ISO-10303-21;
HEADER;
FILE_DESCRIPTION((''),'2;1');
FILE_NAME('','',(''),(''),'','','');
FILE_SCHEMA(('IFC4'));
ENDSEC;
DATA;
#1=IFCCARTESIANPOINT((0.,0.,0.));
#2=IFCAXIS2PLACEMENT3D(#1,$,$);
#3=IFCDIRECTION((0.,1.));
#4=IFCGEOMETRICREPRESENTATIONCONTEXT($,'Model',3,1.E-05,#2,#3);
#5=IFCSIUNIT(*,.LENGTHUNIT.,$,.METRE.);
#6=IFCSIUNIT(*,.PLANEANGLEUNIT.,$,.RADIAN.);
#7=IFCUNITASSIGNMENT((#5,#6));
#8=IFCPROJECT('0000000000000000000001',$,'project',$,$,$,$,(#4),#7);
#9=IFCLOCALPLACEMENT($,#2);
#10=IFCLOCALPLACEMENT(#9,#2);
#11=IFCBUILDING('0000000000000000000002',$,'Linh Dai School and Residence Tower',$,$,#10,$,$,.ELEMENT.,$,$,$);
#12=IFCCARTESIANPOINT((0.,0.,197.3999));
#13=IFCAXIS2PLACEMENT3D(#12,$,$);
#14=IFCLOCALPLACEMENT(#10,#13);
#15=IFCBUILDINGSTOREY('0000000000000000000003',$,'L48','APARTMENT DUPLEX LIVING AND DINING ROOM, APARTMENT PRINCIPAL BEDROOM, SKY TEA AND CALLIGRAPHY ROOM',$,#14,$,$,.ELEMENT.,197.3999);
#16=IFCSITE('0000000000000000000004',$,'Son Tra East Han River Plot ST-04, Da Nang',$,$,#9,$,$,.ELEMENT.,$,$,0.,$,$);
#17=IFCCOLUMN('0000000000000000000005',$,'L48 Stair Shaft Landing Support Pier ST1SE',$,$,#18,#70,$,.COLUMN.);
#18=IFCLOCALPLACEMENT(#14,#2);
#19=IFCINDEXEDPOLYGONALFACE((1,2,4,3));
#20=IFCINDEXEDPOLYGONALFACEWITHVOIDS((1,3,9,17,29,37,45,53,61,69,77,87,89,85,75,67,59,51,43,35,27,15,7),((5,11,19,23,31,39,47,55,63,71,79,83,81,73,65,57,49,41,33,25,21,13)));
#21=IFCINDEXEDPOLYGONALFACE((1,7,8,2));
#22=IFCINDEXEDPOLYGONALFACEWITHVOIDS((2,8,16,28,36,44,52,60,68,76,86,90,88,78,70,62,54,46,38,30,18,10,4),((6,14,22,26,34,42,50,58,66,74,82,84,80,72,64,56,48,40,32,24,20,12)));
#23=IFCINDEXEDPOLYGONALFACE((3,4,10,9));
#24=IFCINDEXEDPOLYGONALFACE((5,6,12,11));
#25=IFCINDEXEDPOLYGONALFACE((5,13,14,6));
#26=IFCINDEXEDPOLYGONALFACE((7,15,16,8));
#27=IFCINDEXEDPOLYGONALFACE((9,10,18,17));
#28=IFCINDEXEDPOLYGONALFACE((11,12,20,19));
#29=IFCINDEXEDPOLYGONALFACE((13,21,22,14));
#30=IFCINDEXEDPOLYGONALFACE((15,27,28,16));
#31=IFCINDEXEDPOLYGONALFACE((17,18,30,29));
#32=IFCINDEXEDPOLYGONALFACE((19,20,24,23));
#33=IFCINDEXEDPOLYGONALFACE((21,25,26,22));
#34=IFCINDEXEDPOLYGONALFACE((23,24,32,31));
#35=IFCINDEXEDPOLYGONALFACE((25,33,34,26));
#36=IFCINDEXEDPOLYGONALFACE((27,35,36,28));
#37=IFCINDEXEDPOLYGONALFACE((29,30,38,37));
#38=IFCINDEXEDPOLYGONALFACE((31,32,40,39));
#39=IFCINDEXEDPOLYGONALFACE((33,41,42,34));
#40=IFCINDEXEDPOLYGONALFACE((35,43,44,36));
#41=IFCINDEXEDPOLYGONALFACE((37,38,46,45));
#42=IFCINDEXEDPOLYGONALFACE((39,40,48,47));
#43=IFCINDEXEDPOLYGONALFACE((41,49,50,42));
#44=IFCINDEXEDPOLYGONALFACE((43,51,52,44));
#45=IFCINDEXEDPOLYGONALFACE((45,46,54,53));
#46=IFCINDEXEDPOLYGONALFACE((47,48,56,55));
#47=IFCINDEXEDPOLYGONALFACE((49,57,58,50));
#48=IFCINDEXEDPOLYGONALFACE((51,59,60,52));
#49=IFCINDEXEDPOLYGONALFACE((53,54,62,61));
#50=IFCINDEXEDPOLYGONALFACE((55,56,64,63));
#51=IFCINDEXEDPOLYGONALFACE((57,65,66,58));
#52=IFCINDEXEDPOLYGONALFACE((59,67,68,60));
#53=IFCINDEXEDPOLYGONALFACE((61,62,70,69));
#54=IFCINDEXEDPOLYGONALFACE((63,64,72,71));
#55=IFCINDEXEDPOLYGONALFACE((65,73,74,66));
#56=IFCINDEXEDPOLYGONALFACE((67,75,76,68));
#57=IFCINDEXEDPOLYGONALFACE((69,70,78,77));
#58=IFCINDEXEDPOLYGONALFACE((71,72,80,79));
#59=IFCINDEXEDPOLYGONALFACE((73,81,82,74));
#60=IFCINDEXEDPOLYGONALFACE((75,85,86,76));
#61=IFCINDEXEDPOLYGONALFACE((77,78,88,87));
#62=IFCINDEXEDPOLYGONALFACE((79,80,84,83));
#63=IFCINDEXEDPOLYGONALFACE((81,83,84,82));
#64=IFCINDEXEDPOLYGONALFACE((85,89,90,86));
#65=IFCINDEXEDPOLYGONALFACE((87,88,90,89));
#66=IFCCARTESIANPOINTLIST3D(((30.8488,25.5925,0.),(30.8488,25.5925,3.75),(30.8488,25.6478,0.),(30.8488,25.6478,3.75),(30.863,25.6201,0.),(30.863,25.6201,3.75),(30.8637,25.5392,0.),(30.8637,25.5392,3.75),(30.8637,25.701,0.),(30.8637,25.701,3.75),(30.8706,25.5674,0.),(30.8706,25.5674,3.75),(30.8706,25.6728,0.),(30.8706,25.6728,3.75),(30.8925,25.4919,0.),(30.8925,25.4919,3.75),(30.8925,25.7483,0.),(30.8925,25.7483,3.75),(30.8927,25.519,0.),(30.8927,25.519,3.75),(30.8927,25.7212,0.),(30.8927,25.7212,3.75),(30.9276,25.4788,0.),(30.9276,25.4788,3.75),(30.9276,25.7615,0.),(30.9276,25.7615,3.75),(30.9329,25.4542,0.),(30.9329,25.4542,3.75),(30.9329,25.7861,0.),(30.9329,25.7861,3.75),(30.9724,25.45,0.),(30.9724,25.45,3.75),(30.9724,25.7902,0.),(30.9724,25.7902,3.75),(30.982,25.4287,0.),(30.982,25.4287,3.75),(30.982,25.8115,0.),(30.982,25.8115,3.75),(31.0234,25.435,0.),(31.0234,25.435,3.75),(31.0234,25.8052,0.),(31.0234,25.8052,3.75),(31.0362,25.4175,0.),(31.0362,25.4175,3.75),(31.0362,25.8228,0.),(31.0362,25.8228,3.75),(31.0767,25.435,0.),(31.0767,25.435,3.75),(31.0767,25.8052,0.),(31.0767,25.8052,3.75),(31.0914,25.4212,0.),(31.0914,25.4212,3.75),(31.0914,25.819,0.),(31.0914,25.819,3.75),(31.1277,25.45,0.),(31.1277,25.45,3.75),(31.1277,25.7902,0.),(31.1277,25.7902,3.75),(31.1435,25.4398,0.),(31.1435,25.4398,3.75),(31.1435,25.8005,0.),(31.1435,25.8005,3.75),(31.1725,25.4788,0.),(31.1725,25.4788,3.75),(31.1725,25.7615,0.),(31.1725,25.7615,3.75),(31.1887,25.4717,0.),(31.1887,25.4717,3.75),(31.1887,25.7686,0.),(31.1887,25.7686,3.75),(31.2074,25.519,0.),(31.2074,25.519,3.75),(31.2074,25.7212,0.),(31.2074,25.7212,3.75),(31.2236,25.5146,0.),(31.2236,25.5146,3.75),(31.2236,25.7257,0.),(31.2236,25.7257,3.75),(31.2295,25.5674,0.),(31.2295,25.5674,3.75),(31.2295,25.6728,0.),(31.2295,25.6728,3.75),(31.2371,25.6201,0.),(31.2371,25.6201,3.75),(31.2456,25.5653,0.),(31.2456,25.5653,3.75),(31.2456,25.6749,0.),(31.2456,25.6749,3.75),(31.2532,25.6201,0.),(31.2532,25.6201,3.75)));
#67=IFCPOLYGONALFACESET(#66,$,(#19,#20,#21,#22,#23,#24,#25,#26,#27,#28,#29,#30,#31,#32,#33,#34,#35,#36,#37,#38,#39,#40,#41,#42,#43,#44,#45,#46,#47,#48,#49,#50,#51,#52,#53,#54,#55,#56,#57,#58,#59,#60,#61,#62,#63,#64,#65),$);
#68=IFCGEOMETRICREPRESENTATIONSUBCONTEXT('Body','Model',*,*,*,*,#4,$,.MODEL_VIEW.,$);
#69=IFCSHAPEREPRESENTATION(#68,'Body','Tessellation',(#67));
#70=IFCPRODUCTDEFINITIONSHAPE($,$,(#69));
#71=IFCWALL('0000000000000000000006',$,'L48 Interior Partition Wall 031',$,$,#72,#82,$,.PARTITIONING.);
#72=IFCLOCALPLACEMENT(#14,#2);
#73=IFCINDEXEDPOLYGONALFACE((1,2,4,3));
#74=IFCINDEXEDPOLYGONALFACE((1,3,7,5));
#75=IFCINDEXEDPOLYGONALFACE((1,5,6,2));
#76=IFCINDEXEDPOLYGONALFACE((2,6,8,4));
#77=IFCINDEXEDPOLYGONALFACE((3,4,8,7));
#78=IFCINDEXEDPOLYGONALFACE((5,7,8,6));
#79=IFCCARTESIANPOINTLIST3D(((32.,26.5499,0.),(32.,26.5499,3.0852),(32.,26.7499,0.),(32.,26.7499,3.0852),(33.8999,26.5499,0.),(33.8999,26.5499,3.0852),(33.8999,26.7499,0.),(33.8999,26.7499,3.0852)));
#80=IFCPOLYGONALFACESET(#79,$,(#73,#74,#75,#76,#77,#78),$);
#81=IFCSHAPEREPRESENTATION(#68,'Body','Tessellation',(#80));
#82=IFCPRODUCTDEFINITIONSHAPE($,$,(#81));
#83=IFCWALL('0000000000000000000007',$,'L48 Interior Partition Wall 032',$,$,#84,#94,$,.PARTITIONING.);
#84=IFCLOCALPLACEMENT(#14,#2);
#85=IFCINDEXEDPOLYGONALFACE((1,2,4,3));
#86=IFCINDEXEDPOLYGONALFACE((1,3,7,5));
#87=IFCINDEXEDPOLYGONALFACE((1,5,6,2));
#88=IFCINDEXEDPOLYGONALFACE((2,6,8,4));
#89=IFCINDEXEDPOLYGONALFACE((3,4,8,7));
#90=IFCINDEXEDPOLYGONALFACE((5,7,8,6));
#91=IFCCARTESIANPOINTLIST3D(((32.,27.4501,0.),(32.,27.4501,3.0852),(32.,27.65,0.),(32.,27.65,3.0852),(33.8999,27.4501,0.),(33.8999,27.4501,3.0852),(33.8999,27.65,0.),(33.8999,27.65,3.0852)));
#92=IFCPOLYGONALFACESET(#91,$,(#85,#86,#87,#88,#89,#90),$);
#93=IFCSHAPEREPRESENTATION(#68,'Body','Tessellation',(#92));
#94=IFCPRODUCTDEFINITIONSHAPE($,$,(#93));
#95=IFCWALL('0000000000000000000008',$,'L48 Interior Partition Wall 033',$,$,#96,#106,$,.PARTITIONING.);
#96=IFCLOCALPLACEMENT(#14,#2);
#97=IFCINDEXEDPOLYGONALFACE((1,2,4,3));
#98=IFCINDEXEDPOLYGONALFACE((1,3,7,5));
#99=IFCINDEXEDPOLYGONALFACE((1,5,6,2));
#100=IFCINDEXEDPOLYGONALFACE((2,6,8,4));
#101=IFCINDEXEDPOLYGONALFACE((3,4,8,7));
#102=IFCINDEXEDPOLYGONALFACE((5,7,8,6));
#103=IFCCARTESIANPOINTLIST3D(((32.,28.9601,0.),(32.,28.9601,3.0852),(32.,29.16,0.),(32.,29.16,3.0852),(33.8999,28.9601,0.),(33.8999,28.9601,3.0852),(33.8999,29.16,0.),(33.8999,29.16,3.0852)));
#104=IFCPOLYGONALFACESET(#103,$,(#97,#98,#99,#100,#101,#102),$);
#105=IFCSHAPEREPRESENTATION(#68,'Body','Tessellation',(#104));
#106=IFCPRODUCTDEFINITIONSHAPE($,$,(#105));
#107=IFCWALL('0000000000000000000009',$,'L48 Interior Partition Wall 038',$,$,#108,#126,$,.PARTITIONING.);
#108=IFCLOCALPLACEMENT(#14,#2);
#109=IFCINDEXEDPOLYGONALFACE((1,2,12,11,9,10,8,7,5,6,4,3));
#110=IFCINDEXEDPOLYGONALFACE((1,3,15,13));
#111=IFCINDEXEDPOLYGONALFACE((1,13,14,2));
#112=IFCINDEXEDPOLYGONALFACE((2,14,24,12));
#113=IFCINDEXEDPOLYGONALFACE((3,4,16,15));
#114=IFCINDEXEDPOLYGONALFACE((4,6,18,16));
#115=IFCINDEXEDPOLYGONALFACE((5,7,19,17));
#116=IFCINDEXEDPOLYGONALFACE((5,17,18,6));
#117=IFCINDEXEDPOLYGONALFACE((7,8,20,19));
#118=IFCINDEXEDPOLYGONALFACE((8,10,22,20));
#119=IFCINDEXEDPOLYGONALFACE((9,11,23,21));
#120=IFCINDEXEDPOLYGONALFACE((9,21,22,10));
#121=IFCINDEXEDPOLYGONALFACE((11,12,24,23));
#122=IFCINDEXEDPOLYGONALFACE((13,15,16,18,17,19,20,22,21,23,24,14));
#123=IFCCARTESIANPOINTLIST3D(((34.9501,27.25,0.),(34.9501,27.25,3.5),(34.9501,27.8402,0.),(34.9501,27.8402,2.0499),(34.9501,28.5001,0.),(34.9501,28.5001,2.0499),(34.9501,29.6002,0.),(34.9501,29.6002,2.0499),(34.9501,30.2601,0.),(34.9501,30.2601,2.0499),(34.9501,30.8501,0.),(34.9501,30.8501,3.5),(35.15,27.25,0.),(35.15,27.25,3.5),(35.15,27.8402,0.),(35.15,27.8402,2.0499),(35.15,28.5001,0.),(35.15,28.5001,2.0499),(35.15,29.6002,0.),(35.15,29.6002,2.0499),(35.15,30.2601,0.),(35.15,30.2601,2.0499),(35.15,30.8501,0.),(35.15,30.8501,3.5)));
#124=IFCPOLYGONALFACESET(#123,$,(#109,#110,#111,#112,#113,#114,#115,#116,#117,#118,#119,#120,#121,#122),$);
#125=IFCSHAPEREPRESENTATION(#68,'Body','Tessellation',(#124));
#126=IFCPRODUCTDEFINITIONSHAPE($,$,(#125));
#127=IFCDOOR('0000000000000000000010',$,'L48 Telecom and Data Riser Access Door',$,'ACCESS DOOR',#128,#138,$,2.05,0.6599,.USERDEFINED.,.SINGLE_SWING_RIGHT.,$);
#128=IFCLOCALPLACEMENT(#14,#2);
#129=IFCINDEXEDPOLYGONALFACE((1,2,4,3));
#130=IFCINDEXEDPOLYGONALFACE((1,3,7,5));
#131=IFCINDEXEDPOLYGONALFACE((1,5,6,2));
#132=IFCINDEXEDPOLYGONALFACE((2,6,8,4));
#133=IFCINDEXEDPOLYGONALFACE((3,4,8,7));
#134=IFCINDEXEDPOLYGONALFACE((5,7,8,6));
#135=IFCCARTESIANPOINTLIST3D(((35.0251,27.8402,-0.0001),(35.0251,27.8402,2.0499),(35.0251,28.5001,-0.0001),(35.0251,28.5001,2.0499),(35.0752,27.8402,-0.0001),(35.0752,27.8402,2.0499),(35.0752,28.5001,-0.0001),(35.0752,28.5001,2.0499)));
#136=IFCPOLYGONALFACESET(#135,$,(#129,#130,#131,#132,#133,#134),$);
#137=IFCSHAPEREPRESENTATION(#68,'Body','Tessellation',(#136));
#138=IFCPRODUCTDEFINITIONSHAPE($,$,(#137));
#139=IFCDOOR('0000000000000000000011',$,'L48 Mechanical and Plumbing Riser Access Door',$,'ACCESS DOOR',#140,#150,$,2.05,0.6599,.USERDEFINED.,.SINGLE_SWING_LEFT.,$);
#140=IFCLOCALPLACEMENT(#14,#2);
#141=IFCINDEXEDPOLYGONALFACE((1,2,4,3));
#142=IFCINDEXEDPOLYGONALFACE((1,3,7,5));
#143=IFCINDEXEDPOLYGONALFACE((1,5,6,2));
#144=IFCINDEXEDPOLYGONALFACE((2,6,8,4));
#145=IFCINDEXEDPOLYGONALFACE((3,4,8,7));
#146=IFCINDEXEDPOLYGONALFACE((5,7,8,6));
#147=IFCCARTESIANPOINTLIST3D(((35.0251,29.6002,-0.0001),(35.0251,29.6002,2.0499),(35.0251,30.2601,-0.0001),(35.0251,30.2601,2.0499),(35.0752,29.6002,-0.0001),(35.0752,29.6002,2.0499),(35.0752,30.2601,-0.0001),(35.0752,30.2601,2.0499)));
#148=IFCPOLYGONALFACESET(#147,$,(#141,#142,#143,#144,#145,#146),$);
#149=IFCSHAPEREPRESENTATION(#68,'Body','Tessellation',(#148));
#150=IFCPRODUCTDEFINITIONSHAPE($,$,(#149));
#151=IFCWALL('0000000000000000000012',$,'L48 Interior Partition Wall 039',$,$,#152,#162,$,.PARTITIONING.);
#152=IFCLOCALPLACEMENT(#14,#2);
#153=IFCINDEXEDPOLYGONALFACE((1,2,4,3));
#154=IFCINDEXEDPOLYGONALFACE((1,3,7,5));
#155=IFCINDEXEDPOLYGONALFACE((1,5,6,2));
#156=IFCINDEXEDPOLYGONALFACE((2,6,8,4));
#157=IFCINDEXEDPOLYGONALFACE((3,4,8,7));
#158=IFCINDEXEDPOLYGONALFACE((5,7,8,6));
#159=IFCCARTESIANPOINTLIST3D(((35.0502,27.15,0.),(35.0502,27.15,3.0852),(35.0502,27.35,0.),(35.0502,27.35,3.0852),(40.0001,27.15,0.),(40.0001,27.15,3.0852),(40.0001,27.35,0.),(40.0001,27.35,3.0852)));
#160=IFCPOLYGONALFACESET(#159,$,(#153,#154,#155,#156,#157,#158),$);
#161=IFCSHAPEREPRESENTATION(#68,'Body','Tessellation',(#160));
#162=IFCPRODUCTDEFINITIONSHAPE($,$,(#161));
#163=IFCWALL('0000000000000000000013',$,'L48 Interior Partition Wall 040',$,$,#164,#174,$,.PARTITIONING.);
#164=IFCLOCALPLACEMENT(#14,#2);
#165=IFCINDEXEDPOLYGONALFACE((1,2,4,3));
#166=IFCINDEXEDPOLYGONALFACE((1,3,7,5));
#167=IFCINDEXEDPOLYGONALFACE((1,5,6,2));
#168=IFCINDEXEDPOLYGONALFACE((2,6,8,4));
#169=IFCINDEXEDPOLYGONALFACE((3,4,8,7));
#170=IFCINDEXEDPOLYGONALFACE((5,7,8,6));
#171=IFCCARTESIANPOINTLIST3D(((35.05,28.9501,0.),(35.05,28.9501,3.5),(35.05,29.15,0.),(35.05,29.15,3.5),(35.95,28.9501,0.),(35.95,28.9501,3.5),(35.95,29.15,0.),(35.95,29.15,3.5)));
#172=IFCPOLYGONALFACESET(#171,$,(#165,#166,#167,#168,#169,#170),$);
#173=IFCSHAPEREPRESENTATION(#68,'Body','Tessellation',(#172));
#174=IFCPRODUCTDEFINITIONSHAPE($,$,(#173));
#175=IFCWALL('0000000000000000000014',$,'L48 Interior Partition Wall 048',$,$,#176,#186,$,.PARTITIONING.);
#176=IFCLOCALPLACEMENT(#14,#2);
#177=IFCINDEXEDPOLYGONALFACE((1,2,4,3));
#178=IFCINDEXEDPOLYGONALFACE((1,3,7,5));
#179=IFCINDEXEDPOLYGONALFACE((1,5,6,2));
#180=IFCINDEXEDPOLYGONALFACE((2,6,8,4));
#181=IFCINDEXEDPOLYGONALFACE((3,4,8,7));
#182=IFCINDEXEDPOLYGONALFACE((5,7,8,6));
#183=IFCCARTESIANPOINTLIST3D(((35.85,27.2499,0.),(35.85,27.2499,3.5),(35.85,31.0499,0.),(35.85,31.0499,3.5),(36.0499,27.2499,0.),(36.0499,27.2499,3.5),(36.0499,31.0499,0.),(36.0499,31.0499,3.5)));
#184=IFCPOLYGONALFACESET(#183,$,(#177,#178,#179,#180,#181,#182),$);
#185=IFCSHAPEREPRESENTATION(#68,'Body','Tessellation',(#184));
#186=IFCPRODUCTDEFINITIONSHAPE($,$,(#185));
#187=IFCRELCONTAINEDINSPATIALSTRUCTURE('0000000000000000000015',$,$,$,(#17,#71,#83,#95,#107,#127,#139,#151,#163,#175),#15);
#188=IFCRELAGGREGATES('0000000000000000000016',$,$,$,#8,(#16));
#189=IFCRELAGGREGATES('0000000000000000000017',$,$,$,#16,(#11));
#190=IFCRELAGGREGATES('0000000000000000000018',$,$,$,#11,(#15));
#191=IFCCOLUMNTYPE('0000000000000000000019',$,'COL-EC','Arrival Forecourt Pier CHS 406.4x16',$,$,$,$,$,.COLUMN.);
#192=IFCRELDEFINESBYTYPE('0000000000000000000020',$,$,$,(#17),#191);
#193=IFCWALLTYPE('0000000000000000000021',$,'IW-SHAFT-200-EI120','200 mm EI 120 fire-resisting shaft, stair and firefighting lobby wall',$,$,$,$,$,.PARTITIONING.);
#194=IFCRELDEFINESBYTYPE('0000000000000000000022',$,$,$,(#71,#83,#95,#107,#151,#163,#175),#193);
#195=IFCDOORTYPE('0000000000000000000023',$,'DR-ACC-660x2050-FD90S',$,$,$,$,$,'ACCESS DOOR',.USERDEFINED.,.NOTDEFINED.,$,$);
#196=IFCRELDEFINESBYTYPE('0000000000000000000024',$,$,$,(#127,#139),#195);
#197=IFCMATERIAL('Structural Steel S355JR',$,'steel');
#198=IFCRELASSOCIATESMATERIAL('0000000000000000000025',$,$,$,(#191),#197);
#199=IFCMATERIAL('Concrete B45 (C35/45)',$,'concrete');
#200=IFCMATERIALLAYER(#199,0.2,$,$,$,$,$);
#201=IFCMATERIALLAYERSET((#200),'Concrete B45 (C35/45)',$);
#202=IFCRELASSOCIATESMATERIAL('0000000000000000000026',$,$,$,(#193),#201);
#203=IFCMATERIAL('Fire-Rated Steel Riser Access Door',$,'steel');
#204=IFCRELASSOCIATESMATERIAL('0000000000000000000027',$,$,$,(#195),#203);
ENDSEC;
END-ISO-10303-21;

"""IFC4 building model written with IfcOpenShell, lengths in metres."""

from ifc_helpers import new_model, si_unit, direction, frame, frame_2d, origin, origin_2d, place, context, subcontext, project, spatial, rectangle, hollow_circle, extrude, source, transform, mapped, material, layer, layer_set, material_profile, profile_set, type_object, element, fill, save


model = new_model("IFC4")

# Units and contexts
model_context = context("Model", 3, precision=1e-05, world=origin(), true_north=direction((0.0, 1.0)))
body_context = subcontext(model_context, "Body", "Model", "MODEL_VIEW")
ifc_project = project(units=[si_unit("LENGTHUNIT", "METRE"), si_unit("PLANEANGLEUNIT", "RADIAN")], contexts=[model_context])

# Site, building, storey
site_placement = place(None, origin())
site = spatial("IfcSite", under=ifc_project, at=site_placement, Name="Son Tra East Han River Plot ST-04, Da Nang", CompositionType="ELEMENT", RefElevation=0.0)
building_placement = place(site_placement, origin())
building = spatial("IfcBuilding", under=site, at=building_placement, Name="Linh Dai School and Residence Tower", CompositionType="ELEMENT")
storey_placement = place(building_placement, frame((0.0, 0.0, 197.3999)))
storey = spatial("IfcBuildingStorey", under=building, at=storey_placement, Name="L48", Description="APARTMENT DUPLEX LIVING AND DINING ROOM, APARTMENT PRINCIPAL BEDROOM, SKY TEA AND CALLIGRAPHY ROOM", CompositionType="ELEMENT", Elevation=197.3999)

# Column
ifc_material_1 = material(Name="Structural Steel S355JR", Category="steel")
ifc_material_profile = material_profile(ifc_material_1, hollow_circle(Radius=0.2031, WallThickness=0.0161, at=origin_2d()), Name="CHS 406.4x16")
ifc_profile_set = profile_set([ifc_material_profile], Name="Structural Steel S355JR")
column_type = type_object("IfcColumnType", Name="COL-EC", Description="Arrival Forecourt Pier CHS 406.4x16", PredefinedType="COLUMN", material=ifc_profile_set)
column_placement = place(storey_placement, frame((31.05, 25.6201, 0.0), z_axis=(0.0, 0.0, 1.0), x_axis=(1.0, 0.0, 0.0)))
element("IfcColumn", 1, at=column_placement, inside=storey, type_object=column_type, Name="L48 Stair Shaft Landing Support Pier ST1SE", PredefinedType="COLUMN", context=body_context, shape_type="SweptSolid", body=[
    extrude(hollow_circle(Radius=0.2031, WallThickness=0.0161, at=origin_2d()), origin(), (0.0, 0.0, 1.0), 3.75),
])

# Walls
ifc_material_2 = material(Name="Concrete B45 (C35/45)", Category="concrete")
ifc_layer_1 = layer(ifc_material_2, 0.2)
ifc_layer_set_1 = layer_set([ifc_layer_1], Name="Concrete B45 (C35/45)")
wall_type_1 = type_object("IfcWallType", Name="IW-SHAFT-200-EI120", Description="200 mm EI 120 fire-resisting shaft, stair and firefighting lobby wall", PredefinedType="PARTITIONING", material=ifc_layer_set_1)
for number, where, z_axis, x_axis, name in (
    (2, (32.0, 26.6499, 0.0), (0.0, 0.0, 1.0), (1.0, 0.0, 0.0), "L48 Interior Partition Wall 031"),
    (3, (32.0, 27.55, 0.0), (0.0, 0.0, 1.0), (1.0, 0.0, 0.0), "L48 Interior Partition Wall 032"),
    (4, (32.0, 29.0601, 0.0), (0.0, 0.0, 1.0), (1.0, 0.0, 0.0), "L48 Interior Partition Wall 033"),
):
    element("IfcWall", number, at=place(storey_placement, frame(where, z_axis=z_axis, x_axis=x_axis)), inside=storey, type_object=wall_type_1, Name=name, PredefinedType="PARTITIONING", context=body_context, shape_type="SweptSolid", body=[
        extrude(rectangle(XDim=1.8999, YDim=0.2, at=frame_2d((0.95, 0.0))), origin(), (0.0, 0.0, 1.0), 3.0852),
    ])

# Wall, openings, doors
wall_1_placement = place(storey_placement, frame((35.05, 27.25, 0.0), z_axis=(0.0, 0.0, 1.0), x_axis=(0.0, 1.0, 0.0)))
wall_1 = element("IfcWall", 5, at=wall_1_placement, inside=storey, type_object=wall_type_1, Name="L48 Interior Partition Wall 038", PredefinedType="PARTITIONING", context=body_context, shape_type="SweptSolid", body=[
    extrude(rectangle(XDim=3.6001, YDim=0.2, at=frame_2d((1.8, 0.0))), origin(), (0.0, 0.0, 1.0), 3.5),
])
opening_1_placement = place(wall_1_placement, frame((0.5901, 0.0, 0.0)))
opening_1 = element("IfcOpeningElement", 6, at=opening_1_placement, cuts=wall_1, PredefinedType="OPENING", context=body_context, shape_type="SweptSolid", body=[
    extrude(rectangle(XDim=0.6599, YDim=2.05, at=origin_2d()), frame((0.3301, 0.1099, 1.0249), z_axis=(0.0, -1.0, 0.0), x_axis=(1.0, 0.0, 0.0)), (0.0, 0.0, 1.0), 0.22),
])
opening_2_placement = place(wall_1_placement, frame((2.3501, 0.0, 0.0)))
opening_2 = element("IfcOpeningElement", 7, at=opening_2_placement, cuts=wall_1, PredefinedType="OPENING", context=body_context, shape_type="SweptSolid", body=[
    extrude(rectangle(XDim=0.6599, YDim=2.05, at=origin_2d()), frame((0.3301, 0.1099, 1.0249), z_axis=(0.0, -1.0, 0.0), x_axis=(1.0, 0.0, 0.0)), (0.0, 0.0, 1.0), 0.22),
])
ifc_material_3 = material(Name="Fire-Rated Steel Riser Access Door", Category="steel")
door_type_1 = type_object("IfcDoorType", Name="DR-ACC-660x2050-FD90S", ElementType="ACCESS DOOR", OperationType="NOTDEFINED", PredefinedType="USERDEFINED", material=ifc_material_3)
shared_shape_1 = source(origin(), body_context, "Body", "SweptSolid", [
    extrude(rectangle(XDim=0.6599, YDim=2.05, at=origin_2d()), frame((0.3301, 0.0249, 1.0249), z_axis=(0.0, -1.0, 0.0), x_axis=(1.0, 0.0, 0.0)), (0.0, 0.0, 1.0), 0.05),
])
door_1_placement = place(opening_1_placement, origin())
door_1 = element("IfcDoor", 8, at=door_1_placement, inside=storey, type_object=door_type_1, Name="L48 Telecom and Data Riser Access Door", ObjectType="ACCESS DOOR", OperationType="SINGLE_SWING_RIGHT", OverallHeight=2.05, OverallWidth=0.6599, PredefinedType="USERDEFINED", context=body_context, shape_type="MappedRepresentation", body=[
    mapped(shared_shape_1, transform((0.0, 0.0, 0.0), x_axis=(1.0, 0.0, 0.0), y_axis=(0.0, 1.0, 0.0), z_axis=(0.0, 0.0, 1.0), scale=1.0)),
])
fill(opening_1, door_1)
door_2_placement = place(opening_2_placement, origin())
door_2 = element("IfcDoor", 9, at=door_2_placement, inside=storey, type_object=door_type_1, Name="L48 Mechanical and Plumbing Riser Access Door", ObjectType="ACCESS DOOR", OperationType="SINGLE_SWING_LEFT", OverallHeight=2.05, OverallWidth=0.6599, PredefinedType="USERDEFINED", context=body_context, shape_type="MappedRepresentation", body=[
    mapped(shared_shape_1, transform((0.0, 0.0, 0.0), x_axis=(1.0, 0.0, 0.0), y_axis=(0.0, 1.0, 0.0), z_axis=(0.0, 0.0, 1.0), scale=1.0)),
])
fill(opening_2, door_2)

# Walls
wall_2_placement = place(storey_placement, frame((35.05, 27.25, 0.0), z_axis=(0.0, 0.0, 1.0), x_axis=(1.0, 0.0, 0.0)))
element("IfcWall", 10, at=wall_2_placement, inside=storey, type_object=wall_type_1, Name="L48 Interior Partition Wall 039", PredefinedType="PARTITIONING", context=body_context, shape_type="SweptSolid", body=[
    extrude(rectangle(XDim=4.95, YDim=0.2, at=frame_2d((2.4751, 0.0))), origin(), (0.0, 0.0, 1.0), 3.0852),
])
wall_3_placement = place(storey_placement, frame((35.05, 29.05, 0.0), z_axis=(0.0, 0.0, 1.0), x_axis=(1.0, 0.0, 0.0)))
element("IfcWall", 11, at=wall_3_placement, inside=storey, type_object=wall_type_1, Name="L48 Interior Partition Wall 040", PredefinedType="PARTITIONING", context=body_context, shape_type="SweptSolid", body=[
    extrude(rectangle(XDim=0.8999, YDim=0.2, at=frame_2d((0.45, 0.0))), origin(), (0.0, 0.0, 1.0), 3.5),
])
wall_4_placement = place(storey_placement, frame((35.95, 27.25, 0.0), z_axis=(0.0, 0.0, 1.0), x_axis=(0.0, 1.0, 0.0)))
element("IfcWall", 12, at=wall_4_placement, inside=storey, type_object=wall_type_1, Name="L48 Interior Partition Wall 048", PredefinedType="PARTITIONING", context=body_context, shape_type="SweptSolid", body=[
    extrude(rectangle(XDim=3.8, YDim=0.2, at=frame_2d((1.8999, 0.0))), origin(), (0.0, 0.0, 1.0), 3.5),
])

save(model, "model.ifc")
